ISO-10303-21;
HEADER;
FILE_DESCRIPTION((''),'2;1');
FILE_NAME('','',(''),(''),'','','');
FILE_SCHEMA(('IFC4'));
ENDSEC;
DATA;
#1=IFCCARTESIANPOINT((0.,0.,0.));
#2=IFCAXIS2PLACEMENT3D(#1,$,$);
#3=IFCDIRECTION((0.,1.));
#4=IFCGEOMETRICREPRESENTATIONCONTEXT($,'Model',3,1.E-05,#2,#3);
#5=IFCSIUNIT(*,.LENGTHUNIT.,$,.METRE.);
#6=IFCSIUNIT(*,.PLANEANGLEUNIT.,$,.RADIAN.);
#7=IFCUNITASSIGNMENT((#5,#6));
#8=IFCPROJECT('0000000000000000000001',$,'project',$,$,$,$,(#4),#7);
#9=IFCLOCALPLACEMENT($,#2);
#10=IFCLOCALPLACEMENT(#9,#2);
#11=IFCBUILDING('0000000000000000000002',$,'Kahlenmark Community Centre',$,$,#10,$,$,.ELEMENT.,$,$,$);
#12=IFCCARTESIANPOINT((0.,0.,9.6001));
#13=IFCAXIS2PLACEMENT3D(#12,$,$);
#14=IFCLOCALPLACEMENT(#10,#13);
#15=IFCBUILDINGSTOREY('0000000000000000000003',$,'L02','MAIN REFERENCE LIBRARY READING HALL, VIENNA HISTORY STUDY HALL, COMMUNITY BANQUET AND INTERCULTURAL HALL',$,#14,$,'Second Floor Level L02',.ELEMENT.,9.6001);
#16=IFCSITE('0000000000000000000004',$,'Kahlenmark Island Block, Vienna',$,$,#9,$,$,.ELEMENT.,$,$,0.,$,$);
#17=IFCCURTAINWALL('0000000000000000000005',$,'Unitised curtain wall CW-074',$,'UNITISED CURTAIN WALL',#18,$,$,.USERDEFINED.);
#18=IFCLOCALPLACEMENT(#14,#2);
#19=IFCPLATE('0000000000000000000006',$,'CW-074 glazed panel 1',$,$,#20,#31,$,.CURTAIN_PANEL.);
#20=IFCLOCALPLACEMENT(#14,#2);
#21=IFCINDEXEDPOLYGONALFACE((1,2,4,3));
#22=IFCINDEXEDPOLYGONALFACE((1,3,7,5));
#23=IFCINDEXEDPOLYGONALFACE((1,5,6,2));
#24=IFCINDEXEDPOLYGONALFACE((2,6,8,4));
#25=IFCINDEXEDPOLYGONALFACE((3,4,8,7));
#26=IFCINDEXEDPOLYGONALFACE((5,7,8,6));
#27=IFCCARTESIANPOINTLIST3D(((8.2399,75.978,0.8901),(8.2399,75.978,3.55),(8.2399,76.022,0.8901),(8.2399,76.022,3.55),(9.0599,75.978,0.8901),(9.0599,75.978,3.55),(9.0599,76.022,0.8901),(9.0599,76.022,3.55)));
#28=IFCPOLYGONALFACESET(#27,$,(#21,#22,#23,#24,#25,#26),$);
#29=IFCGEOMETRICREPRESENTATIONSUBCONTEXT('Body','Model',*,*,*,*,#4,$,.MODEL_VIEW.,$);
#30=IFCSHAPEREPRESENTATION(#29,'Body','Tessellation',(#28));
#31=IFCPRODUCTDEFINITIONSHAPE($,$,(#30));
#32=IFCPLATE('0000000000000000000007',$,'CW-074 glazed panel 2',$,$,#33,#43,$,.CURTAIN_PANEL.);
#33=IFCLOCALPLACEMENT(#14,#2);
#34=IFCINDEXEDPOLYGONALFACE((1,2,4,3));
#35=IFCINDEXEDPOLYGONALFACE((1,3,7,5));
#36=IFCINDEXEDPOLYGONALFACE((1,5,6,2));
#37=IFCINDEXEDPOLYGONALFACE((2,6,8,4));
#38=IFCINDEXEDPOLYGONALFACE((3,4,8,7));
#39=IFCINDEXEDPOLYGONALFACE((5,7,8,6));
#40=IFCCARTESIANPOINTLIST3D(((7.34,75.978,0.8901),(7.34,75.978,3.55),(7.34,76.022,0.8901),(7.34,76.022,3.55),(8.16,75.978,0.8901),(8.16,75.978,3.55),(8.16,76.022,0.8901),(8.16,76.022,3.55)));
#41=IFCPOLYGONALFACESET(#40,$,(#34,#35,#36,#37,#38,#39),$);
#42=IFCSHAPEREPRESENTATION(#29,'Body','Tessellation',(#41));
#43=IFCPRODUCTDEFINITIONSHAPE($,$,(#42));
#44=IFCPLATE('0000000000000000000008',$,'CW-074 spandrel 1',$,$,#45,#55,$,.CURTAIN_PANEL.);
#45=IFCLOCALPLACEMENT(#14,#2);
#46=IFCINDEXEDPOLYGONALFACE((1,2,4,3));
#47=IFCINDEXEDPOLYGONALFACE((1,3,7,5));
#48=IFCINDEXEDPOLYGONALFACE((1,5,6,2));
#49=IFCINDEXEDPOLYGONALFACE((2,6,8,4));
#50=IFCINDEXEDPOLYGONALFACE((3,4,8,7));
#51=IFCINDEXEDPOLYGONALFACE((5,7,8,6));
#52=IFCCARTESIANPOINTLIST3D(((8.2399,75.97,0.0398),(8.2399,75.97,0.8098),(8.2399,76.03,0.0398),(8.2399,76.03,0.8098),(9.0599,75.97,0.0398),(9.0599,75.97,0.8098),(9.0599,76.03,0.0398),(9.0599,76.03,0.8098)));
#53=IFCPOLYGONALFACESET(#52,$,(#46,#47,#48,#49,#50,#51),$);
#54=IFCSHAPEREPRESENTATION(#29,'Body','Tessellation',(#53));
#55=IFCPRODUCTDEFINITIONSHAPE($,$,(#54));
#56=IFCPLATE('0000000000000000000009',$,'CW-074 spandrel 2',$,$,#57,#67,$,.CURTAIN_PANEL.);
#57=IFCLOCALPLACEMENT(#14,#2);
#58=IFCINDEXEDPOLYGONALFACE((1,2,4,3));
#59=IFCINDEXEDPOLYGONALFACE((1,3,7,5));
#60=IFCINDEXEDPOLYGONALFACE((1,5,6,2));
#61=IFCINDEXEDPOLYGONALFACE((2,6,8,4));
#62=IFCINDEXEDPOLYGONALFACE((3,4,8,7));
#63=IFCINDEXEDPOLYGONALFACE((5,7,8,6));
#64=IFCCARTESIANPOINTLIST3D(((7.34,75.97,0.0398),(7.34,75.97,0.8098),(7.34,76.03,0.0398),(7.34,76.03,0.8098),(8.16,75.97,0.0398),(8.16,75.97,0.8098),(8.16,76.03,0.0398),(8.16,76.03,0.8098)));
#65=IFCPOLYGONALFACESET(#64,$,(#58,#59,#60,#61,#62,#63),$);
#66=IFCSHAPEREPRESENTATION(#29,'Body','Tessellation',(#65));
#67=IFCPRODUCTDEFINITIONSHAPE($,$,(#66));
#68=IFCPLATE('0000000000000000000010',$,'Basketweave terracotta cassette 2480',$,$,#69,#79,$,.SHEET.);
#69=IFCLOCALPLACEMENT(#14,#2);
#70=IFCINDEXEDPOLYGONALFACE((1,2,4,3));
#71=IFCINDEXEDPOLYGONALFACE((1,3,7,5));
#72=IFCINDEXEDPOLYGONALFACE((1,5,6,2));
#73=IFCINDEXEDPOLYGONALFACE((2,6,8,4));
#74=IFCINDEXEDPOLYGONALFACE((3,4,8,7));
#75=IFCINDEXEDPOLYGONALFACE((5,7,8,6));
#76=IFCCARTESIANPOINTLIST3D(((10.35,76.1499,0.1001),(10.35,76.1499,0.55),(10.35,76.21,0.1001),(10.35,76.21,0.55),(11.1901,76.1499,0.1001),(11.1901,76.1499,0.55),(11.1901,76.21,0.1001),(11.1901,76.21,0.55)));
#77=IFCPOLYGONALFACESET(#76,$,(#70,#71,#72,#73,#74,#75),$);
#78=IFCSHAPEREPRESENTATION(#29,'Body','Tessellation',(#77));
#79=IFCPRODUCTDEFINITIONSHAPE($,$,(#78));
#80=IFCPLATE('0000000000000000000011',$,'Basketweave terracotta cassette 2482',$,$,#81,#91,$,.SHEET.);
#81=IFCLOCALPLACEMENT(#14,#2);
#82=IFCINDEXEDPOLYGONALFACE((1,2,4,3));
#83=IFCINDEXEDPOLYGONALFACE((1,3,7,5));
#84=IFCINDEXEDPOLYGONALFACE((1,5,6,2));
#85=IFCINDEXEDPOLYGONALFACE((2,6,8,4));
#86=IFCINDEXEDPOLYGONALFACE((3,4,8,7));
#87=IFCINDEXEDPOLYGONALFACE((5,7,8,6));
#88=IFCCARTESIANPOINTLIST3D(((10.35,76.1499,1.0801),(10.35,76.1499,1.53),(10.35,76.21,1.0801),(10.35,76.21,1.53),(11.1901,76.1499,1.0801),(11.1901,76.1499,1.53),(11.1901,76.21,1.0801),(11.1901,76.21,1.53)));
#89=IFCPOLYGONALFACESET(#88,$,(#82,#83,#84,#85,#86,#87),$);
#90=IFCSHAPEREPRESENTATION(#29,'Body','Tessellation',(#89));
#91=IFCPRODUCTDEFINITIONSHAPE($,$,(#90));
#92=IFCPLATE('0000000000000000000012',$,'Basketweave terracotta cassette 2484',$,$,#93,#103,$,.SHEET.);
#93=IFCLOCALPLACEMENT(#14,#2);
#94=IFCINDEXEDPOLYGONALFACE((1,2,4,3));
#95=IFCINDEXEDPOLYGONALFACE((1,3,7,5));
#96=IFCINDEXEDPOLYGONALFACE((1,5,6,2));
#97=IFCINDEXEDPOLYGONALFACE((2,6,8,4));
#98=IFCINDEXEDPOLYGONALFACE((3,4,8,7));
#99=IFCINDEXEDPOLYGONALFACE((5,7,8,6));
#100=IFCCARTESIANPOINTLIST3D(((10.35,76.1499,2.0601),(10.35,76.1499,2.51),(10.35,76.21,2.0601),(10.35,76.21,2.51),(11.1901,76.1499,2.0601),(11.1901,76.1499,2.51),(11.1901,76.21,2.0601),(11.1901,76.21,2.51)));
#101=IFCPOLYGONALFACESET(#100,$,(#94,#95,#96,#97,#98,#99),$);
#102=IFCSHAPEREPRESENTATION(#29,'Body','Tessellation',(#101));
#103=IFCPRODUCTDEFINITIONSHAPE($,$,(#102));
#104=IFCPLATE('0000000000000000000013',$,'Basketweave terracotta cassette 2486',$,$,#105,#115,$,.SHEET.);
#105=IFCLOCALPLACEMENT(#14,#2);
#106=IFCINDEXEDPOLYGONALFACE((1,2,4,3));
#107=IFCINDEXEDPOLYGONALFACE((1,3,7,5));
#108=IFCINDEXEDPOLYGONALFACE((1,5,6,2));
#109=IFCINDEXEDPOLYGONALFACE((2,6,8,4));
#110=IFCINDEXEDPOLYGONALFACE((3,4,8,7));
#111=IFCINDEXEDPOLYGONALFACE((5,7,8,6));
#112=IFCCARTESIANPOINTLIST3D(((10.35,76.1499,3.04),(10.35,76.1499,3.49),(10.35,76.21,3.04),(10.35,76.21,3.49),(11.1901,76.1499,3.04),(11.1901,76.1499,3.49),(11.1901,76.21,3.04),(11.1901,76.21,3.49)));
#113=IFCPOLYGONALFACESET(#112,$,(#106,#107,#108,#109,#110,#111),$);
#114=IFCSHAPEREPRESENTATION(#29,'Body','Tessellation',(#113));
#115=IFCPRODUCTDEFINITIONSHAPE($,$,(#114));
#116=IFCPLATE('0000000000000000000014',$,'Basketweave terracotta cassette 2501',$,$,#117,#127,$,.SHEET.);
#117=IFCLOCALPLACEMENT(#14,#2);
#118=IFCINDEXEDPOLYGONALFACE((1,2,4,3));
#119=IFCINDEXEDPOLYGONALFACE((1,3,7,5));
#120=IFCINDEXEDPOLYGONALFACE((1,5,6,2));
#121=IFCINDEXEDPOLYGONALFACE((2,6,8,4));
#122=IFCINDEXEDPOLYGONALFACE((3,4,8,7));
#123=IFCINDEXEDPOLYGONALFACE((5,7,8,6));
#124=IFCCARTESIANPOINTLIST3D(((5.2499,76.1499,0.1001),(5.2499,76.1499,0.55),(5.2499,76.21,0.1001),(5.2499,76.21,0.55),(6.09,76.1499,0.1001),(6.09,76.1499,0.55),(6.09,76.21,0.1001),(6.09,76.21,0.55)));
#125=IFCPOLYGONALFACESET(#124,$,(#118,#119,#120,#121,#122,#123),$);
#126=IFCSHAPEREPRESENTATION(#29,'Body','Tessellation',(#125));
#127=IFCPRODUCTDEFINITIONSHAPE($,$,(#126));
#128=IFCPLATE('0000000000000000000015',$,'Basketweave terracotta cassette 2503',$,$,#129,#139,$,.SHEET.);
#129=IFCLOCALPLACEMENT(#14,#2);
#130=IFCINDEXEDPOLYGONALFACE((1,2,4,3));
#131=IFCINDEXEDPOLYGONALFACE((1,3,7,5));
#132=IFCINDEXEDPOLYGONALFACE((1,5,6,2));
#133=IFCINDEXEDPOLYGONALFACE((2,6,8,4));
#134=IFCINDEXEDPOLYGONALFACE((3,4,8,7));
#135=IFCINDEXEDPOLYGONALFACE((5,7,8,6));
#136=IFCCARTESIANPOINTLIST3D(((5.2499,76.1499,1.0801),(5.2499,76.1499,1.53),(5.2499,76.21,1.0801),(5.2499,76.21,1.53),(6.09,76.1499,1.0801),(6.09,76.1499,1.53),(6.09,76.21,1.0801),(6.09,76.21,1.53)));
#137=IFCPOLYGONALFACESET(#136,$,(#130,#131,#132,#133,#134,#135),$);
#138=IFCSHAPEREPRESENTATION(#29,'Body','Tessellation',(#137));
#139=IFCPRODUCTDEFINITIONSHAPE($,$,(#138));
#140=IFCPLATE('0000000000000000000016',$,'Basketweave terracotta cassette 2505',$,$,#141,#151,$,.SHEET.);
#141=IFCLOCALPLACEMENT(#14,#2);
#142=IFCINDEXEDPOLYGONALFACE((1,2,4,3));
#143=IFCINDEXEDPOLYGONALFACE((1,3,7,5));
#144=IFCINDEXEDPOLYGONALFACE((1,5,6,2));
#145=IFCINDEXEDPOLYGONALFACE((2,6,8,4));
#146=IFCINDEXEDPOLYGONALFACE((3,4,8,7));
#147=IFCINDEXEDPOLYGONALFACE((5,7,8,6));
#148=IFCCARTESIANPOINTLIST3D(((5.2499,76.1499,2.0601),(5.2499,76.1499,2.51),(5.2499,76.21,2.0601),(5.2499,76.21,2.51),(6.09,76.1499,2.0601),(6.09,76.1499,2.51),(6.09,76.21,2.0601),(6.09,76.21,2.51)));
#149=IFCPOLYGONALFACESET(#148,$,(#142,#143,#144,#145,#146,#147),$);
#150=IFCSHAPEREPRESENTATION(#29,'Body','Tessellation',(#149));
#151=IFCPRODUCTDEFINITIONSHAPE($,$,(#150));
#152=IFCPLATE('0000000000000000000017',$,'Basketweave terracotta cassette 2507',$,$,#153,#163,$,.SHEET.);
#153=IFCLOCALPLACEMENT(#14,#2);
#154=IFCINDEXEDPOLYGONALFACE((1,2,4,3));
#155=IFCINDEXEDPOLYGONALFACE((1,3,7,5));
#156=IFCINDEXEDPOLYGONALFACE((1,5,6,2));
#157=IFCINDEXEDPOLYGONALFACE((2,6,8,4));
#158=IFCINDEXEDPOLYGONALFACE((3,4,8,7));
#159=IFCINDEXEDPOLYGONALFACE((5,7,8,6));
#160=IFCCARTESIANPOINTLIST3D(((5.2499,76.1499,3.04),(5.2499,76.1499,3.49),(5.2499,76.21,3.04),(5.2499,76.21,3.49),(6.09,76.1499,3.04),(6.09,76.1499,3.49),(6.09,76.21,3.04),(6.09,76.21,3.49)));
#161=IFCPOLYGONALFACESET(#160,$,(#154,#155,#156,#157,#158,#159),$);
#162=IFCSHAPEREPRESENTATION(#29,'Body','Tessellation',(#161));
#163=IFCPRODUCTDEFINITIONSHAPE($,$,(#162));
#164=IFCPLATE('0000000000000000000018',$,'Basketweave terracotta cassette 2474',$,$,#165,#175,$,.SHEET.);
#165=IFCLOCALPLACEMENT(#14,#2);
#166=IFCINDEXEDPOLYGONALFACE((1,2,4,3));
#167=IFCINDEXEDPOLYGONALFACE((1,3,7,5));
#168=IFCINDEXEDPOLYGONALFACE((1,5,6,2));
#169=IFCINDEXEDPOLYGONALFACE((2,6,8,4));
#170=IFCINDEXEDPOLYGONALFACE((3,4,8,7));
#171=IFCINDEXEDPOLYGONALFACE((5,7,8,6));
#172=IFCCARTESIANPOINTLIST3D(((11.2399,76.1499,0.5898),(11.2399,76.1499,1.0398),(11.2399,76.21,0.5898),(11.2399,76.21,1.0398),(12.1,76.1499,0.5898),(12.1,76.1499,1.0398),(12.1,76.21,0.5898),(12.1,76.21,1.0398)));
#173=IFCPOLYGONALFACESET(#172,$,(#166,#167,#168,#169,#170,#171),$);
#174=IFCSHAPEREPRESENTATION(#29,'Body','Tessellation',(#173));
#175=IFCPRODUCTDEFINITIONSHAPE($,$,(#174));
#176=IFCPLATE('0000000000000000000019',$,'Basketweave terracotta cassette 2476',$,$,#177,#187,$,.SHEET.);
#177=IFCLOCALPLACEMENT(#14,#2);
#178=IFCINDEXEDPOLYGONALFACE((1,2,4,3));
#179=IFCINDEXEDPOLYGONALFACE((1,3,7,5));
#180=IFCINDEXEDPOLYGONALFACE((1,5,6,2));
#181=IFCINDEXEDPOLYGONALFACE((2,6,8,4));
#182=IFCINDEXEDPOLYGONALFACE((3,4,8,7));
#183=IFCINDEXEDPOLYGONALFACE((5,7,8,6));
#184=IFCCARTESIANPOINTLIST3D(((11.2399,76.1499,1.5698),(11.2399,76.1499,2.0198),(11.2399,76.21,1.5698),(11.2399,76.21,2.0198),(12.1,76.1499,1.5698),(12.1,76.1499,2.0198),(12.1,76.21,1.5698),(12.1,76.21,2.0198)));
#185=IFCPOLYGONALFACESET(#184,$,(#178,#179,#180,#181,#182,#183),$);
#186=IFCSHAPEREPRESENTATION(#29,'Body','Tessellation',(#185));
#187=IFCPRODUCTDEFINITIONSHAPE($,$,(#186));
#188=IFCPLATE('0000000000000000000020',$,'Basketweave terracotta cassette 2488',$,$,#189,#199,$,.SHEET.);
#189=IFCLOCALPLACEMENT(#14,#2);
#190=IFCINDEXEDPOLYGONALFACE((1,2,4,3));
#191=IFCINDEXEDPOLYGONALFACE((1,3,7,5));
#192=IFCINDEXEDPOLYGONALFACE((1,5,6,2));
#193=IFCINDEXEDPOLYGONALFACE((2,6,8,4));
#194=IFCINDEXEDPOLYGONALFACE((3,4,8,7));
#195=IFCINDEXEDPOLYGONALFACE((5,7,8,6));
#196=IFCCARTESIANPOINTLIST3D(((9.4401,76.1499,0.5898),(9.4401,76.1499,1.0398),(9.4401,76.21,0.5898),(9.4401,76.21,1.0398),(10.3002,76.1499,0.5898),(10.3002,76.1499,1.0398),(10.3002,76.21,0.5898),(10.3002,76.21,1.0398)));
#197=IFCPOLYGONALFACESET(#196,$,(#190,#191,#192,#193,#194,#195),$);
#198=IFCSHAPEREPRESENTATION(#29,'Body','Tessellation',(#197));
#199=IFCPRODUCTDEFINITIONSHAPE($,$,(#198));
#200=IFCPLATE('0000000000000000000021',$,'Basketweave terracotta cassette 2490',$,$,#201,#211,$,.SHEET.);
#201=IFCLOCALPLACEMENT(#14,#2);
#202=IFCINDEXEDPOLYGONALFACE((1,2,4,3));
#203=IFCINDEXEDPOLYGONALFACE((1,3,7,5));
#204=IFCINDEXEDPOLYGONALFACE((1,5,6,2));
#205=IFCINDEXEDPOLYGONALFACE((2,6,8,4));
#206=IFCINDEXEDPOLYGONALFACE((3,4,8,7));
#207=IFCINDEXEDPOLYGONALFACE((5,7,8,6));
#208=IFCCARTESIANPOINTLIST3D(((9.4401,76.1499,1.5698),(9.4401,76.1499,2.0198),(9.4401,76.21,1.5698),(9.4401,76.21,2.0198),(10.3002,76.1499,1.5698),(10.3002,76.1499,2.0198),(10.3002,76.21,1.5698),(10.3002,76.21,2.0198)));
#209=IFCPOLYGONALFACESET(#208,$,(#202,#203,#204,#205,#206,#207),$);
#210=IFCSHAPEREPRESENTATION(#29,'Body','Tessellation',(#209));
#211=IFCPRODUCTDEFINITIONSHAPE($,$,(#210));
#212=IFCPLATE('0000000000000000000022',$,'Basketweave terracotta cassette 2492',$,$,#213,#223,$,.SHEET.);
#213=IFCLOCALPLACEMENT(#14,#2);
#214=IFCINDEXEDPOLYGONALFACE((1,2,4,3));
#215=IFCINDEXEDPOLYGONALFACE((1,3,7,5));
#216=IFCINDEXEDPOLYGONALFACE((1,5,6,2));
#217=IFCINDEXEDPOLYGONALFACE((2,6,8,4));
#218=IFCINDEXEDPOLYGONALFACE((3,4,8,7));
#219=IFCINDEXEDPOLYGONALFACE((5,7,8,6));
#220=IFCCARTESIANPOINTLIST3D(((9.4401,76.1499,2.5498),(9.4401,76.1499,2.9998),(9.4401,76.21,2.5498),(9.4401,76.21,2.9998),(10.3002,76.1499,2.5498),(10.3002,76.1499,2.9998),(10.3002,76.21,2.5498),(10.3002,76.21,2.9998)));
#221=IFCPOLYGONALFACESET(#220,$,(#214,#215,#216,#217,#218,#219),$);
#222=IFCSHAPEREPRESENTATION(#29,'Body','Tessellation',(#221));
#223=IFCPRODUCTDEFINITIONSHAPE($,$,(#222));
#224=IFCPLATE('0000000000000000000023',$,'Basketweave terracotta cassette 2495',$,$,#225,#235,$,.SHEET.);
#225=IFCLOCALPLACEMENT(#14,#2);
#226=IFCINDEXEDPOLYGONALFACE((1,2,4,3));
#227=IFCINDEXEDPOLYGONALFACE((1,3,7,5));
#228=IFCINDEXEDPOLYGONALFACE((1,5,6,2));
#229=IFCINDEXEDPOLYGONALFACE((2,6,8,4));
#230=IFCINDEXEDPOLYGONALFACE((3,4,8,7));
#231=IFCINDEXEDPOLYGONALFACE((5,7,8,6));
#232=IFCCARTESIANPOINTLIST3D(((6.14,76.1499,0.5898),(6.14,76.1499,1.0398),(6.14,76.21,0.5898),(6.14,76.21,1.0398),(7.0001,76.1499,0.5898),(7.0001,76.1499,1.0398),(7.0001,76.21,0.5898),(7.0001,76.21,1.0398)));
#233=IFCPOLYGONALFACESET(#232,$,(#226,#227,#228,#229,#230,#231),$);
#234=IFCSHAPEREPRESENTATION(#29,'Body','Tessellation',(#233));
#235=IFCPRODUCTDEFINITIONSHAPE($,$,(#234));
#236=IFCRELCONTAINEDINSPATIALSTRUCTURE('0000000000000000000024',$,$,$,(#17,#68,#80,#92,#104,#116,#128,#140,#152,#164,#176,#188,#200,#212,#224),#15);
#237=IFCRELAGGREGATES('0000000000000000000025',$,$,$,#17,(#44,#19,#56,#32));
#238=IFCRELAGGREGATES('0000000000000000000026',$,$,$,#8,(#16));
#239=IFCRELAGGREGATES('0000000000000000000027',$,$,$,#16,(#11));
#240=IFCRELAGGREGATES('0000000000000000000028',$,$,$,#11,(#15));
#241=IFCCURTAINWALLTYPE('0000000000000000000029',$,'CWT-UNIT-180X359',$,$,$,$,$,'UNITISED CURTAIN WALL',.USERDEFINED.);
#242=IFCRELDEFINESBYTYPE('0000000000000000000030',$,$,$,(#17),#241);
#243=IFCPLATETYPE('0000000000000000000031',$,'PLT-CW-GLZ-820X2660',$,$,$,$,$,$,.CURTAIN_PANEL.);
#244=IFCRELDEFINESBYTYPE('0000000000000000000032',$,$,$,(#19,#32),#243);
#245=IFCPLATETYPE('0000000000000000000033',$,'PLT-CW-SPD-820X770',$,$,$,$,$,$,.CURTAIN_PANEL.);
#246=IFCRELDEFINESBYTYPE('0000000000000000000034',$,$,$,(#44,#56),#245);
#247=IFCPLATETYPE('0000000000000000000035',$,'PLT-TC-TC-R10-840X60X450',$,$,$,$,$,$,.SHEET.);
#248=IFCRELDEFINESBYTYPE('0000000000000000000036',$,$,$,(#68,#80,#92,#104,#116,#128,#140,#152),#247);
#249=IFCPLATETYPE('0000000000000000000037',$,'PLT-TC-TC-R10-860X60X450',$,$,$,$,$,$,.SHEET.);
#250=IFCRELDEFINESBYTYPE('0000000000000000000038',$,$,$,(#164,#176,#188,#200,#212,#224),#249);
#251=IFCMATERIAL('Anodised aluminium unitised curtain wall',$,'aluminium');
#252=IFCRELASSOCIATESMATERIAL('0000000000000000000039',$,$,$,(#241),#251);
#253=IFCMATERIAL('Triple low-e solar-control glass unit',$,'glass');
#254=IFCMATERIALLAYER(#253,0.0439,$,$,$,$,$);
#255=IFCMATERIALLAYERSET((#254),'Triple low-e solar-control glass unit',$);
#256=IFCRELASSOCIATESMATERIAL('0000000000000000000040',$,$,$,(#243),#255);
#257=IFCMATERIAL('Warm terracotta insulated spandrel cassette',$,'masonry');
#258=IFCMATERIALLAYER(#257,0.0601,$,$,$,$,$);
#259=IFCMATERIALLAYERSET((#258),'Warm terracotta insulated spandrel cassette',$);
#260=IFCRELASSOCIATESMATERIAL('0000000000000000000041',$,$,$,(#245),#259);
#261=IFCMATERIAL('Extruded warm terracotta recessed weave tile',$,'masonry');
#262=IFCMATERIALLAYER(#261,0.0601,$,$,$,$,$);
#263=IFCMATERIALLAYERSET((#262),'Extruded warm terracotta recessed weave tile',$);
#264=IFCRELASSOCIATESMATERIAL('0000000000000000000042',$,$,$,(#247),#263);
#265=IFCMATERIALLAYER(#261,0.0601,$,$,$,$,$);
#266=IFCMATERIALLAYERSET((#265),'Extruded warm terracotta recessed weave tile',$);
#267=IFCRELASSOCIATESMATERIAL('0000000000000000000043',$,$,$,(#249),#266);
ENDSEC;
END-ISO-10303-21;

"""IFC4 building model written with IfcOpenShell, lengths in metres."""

from ifc_helpers import new_model, si_unit, direction, frame, origin, origin_2d, place, context, subcontext, project, spatial, rectangle, extrude, material, layer, layer_set, type_object, element, aggregate, save


model = new_model("IFC4")

# Units and contexts
model_context = context("Model", 3, precision=1e-05, world=origin(), true_north=direction((0.0, 1.0)))
body_context = subcontext(model_context, "Body", "Model", "MODEL_VIEW")
ifc_project = project(units=[si_unit("LENGTHUNIT", "METRE"), si_unit("PLANEANGLEUNIT", "RADIAN")], contexts=[model_context])

# Site, building, storey
site_placement = place(None, origin())
site = spatial("IfcSite", under=ifc_project, at=site_placement, Name="Kahlenmark Island Block, Vienna", CompositionType="ELEMENT", RefElevation=0.0)
building_placement = place(site_placement, origin())
building = spatial("IfcBuilding", under=site, at=building_placement, Name="Kahlenmark Community Centre", CompositionType="ELEMENT")
storey_placement = place(building_placement, frame((0.0, 0.0, 9.6001)))
storey = spatial("IfcBuildingStorey", under=building, at=storey_placement, Name="L02", Description="MAIN REFERENCE LIBRARY READING HALL, VIENNA HISTORY STUDY HALL, COMMUNITY BANQUET AND INTERCULTURAL HALL", LongName="Second Floor Level L02", CompositionType="ELEMENT", Elevation=9.6001)

# Curtain wall, plates
ifc_material_1 = material(Name="Anodised aluminium unitised curtain wall", Category="aluminium")
curtain_wall_type = type_object("IfcCurtainWallType", Name="CWT-UNIT-180X359", ElementType="UNITISED CURTAIN WALL", PredefinedType="USERDEFINED", material=ifc_material_1)
curtain_wall_placement = place(storey_placement, origin())
curtain_wall = element("IfcCurtainWall", 1, at=curtain_wall_placement, inside=storey, type_object=curtain_wall_type, Name="Unitised curtain wall CW-074", ObjectType="UNITISED CURTAIN WALL", PredefinedType="USERDEFINED")
ifc_material_2 = material(Name="Triple low-e solar-control glass unit", Category="glass")
ifc_layer_1 = layer(ifc_material_2, 0.0439)
ifc_layer_set_1 = layer_set([ifc_layer_1], Name="Triple low-e solar-control glass unit")
plate_type_1 = type_object("IfcPlateType", Name="PLT-CW-GLZ-820X2660", PredefinedType="CURTAIN_PANEL", material=ifc_layer_set_1)
plate_1_placement = place(storey_placement, frame((8.6499, 76.0, 0.8901), z_axis=(0.0, 0.0, 1.0), x_axis=(-1.0, 0.0, 0.0)))
plate_1 = element("IfcPlate", 2, at=plate_1_placement, type_object=plate_type_1, Name="CW-074 glazed panel 1", PredefinedType="CURTAIN_PANEL", context=body_context, shape_type="SweptSolid", body=[
    extrude(rectangle(XDim=0.8201, YDim=0.0439, at=origin_2d()), origin(), (0.0, 0.0, 1.0), 2.6599),
])
plate_2_placement = place(storey_placement, frame((7.75, 76.0, 0.8901), z_axis=(0.0, 0.0, 1.0), x_axis=(-1.0, 0.0, 0.0)))
plate_2 = element("IfcPlate", 3, at=plate_2_placement, type_object=plate_type_1, Name="CW-074 glazed panel 2", PredefinedType="CURTAIN_PANEL", context=body_context, shape_type="SweptSolid", body=[
    extrude(rectangle(XDim=0.8201, YDim=0.0439, at=origin_2d()), origin(), (0.0, 0.0, 1.0), 2.6599),
])
ifc_material_3 = material(Name="Warm terracotta insulated spandrel cassette", Category="masonry")
ifc_layer_2 = layer(ifc_material_3, 0.0601)
ifc_layer_set_2 = layer_set([ifc_layer_2], Name="Warm terracotta insulated spandrel cassette")
plate_type_2 = type_object("IfcPlateType", Name="PLT-CW-SPD-820X770", PredefinedType="CURTAIN_PANEL", material=ifc_layer_set_2)
plate_3_placement = place(storey_placement, frame((8.6499, 76.0, 0.0398), z_axis=(0.0, 0.0, 1.0), x_axis=(-1.0, 0.0, 0.0)))
plate_3 = element("IfcPlate", 4, at=plate_3_placement, type_object=plate_type_2, Name="CW-074 spandrel 1", PredefinedType="CURTAIN_PANEL", context=body_context, shape_type="SweptSolid", body=[
    extrude(rectangle(XDim=0.8201, YDim=0.0601, at=origin_2d()), origin(), (0.0, 0.0, 1.0), 0.77),
])
plate_4_placement = place(storey_placement, frame((7.75, 76.0, 0.0398), z_axis=(0.0, 0.0, 1.0), x_axis=(-1.0, 0.0, 0.0)))
plate_4 = element("IfcPlate", 5, at=plate_4_placement, type_object=plate_type_2, Name="CW-074 spandrel 2", PredefinedType="CURTAIN_PANEL", context=body_context, shape_type="SweptSolid", body=[
    extrude(rectangle(XDim=0.8201, YDim=0.0601, at=origin_2d()), origin(), (0.0, 0.0, 1.0), 0.77),
])
aggregate(curtain_wall, [plate_3, plate_1, plate_4, plate_2])

# Plates
ifc_material_4 = material(Name="Extruded warm terracotta recessed weave tile", Category="masonry")
ifc_layer_3 = layer(ifc_material_4, 0.0601)
ifc_layer_set_3 = layer_set([ifc_layer_3], Name="Extruded warm terracotta recessed weave tile")
plate_type_3 = type_object("IfcPlateType", Name="PLT-TC-TC-R10-840X60X450", PredefinedType="SHEET", material=ifc_layer_set_3)
for number, where, z_axis, x_axis, name in (
    (6, (10.77, 76.1799, 0.1001), (0.0, 0.0, 1.0), (-1.0, 0.0, 0.0), "Basketweave terracotta cassette 2480"),
    (7, (10.77, 76.1799, 1.0801), (0.0, 0.0, 1.0), (-1.0, 0.0, 0.0), "Basketweave terracotta cassette 2482"),
    (8, (10.77, 76.1799, 2.0601), (0.0, 0.0, 1.0), (-1.0, 0.0, 0.0), "Basketweave terracotta cassette 2484"),
    (9, (10.77, 76.1799, 3.04), (0.0, 0.0, 1.0), (-1.0, 0.0, 0.0), "Basketweave terracotta cassette 2486"),
    (10, (5.6699, 76.1799, 0.1001), (0.0, 0.0, 1.0), (-1.0, 0.0, 0.0), "Basketweave terracotta cassette 2501"),
    (11, (5.6699, 76.1799, 1.0801), (0.0, 0.0, 1.0), (-1.0, 0.0, 0.0), "Basketweave terracotta cassette 2503"),
    (12, (5.6699, 76.1799, 2.0601), (0.0, 0.0, 1.0), (-1.0, 0.0, 0.0), "Basketweave terracotta cassette 2505"),
    (13, (5.6699, 76.1799, 3.04), (0.0, 0.0, 1.0), (-1.0, 0.0, 0.0), "Basketweave terracotta cassette 2507"),
):
    element("IfcPlate", number, at=place(storey_placement, frame(where, z_axis=z_axis, x_axis=x_axis)), inside=storey, type_object=plate_type_3, Name=name, PredefinedType="SHEET", context=body_context, shape_type="SweptSolid", body=[
        extrude(rectangle(XDim=0.8401, YDim=0.0601, at=origin_2d()), origin(), (0.0, 0.0, 1.0), 0.45),
    ])
ifc_layer_4 = layer(ifc_material_4, 0.0601)
ifc_layer_set_4 = layer_set([ifc_layer_4], Name="Extruded warm terracotta recessed weave tile")
plate_type_4 = type_object("IfcPlateType", Name="PLT-TC-TC-R10-860X60X450", PredefinedType="SHEET", material=ifc_layer_set_4)
for number, where, z_axis, x_axis, name in (
    (14, (11.6699, 76.1799, 0.5898), (0.0, 0.0, 1.0), (-1.0, 0.0, 0.0), "Basketweave terracotta cassette 2474"),
    (15, (11.6699, 76.1799, 1.5698), (0.0, 0.0, 1.0), (-1.0, 0.0, 0.0), "Basketweave terracotta cassette 2476"),
    (16, (9.8701, 76.1799, 0.5898), (0.0, 0.0, 1.0), (-1.0, 0.0, 0.0), "Basketweave terracotta cassette 2488"),
    (17, (9.8701, 76.1799, 1.5698), (0.0, 0.0, 1.0), (-1.0, 0.0, 0.0), "Basketweave terracotta cassette 2490"),
    (18, (9.8701, 76.1799, 2.5498), (0.0, 0.0, 1.0), (-1.0, 0.0, 0.0), "Basketweave terracotta cassette 2492"),
    (19, (6.5701, 76.1799, 0.5898), (0.0, 0.0, 1.0), (-1.0, 0.0, 0.0), "Basketweave terracotta cassette 2495"),
):
    element("IfcPlate", number, at=place(storey_placement, frame(where, z_axis=z_axis, x_axis=x_axis)), inside=storey, type_object=plate_type_4, Name=name, PredefinedType="SHEET", context=body_context, shape_type="SweptSolid", body=[
        extrude(rectangle(XDim=0.8601, YDim=0.0601, at=origin_2d()), origin(), (0.0, 0.0, 1.0), 0.45),
    ])

save(model, "model.ifc")
